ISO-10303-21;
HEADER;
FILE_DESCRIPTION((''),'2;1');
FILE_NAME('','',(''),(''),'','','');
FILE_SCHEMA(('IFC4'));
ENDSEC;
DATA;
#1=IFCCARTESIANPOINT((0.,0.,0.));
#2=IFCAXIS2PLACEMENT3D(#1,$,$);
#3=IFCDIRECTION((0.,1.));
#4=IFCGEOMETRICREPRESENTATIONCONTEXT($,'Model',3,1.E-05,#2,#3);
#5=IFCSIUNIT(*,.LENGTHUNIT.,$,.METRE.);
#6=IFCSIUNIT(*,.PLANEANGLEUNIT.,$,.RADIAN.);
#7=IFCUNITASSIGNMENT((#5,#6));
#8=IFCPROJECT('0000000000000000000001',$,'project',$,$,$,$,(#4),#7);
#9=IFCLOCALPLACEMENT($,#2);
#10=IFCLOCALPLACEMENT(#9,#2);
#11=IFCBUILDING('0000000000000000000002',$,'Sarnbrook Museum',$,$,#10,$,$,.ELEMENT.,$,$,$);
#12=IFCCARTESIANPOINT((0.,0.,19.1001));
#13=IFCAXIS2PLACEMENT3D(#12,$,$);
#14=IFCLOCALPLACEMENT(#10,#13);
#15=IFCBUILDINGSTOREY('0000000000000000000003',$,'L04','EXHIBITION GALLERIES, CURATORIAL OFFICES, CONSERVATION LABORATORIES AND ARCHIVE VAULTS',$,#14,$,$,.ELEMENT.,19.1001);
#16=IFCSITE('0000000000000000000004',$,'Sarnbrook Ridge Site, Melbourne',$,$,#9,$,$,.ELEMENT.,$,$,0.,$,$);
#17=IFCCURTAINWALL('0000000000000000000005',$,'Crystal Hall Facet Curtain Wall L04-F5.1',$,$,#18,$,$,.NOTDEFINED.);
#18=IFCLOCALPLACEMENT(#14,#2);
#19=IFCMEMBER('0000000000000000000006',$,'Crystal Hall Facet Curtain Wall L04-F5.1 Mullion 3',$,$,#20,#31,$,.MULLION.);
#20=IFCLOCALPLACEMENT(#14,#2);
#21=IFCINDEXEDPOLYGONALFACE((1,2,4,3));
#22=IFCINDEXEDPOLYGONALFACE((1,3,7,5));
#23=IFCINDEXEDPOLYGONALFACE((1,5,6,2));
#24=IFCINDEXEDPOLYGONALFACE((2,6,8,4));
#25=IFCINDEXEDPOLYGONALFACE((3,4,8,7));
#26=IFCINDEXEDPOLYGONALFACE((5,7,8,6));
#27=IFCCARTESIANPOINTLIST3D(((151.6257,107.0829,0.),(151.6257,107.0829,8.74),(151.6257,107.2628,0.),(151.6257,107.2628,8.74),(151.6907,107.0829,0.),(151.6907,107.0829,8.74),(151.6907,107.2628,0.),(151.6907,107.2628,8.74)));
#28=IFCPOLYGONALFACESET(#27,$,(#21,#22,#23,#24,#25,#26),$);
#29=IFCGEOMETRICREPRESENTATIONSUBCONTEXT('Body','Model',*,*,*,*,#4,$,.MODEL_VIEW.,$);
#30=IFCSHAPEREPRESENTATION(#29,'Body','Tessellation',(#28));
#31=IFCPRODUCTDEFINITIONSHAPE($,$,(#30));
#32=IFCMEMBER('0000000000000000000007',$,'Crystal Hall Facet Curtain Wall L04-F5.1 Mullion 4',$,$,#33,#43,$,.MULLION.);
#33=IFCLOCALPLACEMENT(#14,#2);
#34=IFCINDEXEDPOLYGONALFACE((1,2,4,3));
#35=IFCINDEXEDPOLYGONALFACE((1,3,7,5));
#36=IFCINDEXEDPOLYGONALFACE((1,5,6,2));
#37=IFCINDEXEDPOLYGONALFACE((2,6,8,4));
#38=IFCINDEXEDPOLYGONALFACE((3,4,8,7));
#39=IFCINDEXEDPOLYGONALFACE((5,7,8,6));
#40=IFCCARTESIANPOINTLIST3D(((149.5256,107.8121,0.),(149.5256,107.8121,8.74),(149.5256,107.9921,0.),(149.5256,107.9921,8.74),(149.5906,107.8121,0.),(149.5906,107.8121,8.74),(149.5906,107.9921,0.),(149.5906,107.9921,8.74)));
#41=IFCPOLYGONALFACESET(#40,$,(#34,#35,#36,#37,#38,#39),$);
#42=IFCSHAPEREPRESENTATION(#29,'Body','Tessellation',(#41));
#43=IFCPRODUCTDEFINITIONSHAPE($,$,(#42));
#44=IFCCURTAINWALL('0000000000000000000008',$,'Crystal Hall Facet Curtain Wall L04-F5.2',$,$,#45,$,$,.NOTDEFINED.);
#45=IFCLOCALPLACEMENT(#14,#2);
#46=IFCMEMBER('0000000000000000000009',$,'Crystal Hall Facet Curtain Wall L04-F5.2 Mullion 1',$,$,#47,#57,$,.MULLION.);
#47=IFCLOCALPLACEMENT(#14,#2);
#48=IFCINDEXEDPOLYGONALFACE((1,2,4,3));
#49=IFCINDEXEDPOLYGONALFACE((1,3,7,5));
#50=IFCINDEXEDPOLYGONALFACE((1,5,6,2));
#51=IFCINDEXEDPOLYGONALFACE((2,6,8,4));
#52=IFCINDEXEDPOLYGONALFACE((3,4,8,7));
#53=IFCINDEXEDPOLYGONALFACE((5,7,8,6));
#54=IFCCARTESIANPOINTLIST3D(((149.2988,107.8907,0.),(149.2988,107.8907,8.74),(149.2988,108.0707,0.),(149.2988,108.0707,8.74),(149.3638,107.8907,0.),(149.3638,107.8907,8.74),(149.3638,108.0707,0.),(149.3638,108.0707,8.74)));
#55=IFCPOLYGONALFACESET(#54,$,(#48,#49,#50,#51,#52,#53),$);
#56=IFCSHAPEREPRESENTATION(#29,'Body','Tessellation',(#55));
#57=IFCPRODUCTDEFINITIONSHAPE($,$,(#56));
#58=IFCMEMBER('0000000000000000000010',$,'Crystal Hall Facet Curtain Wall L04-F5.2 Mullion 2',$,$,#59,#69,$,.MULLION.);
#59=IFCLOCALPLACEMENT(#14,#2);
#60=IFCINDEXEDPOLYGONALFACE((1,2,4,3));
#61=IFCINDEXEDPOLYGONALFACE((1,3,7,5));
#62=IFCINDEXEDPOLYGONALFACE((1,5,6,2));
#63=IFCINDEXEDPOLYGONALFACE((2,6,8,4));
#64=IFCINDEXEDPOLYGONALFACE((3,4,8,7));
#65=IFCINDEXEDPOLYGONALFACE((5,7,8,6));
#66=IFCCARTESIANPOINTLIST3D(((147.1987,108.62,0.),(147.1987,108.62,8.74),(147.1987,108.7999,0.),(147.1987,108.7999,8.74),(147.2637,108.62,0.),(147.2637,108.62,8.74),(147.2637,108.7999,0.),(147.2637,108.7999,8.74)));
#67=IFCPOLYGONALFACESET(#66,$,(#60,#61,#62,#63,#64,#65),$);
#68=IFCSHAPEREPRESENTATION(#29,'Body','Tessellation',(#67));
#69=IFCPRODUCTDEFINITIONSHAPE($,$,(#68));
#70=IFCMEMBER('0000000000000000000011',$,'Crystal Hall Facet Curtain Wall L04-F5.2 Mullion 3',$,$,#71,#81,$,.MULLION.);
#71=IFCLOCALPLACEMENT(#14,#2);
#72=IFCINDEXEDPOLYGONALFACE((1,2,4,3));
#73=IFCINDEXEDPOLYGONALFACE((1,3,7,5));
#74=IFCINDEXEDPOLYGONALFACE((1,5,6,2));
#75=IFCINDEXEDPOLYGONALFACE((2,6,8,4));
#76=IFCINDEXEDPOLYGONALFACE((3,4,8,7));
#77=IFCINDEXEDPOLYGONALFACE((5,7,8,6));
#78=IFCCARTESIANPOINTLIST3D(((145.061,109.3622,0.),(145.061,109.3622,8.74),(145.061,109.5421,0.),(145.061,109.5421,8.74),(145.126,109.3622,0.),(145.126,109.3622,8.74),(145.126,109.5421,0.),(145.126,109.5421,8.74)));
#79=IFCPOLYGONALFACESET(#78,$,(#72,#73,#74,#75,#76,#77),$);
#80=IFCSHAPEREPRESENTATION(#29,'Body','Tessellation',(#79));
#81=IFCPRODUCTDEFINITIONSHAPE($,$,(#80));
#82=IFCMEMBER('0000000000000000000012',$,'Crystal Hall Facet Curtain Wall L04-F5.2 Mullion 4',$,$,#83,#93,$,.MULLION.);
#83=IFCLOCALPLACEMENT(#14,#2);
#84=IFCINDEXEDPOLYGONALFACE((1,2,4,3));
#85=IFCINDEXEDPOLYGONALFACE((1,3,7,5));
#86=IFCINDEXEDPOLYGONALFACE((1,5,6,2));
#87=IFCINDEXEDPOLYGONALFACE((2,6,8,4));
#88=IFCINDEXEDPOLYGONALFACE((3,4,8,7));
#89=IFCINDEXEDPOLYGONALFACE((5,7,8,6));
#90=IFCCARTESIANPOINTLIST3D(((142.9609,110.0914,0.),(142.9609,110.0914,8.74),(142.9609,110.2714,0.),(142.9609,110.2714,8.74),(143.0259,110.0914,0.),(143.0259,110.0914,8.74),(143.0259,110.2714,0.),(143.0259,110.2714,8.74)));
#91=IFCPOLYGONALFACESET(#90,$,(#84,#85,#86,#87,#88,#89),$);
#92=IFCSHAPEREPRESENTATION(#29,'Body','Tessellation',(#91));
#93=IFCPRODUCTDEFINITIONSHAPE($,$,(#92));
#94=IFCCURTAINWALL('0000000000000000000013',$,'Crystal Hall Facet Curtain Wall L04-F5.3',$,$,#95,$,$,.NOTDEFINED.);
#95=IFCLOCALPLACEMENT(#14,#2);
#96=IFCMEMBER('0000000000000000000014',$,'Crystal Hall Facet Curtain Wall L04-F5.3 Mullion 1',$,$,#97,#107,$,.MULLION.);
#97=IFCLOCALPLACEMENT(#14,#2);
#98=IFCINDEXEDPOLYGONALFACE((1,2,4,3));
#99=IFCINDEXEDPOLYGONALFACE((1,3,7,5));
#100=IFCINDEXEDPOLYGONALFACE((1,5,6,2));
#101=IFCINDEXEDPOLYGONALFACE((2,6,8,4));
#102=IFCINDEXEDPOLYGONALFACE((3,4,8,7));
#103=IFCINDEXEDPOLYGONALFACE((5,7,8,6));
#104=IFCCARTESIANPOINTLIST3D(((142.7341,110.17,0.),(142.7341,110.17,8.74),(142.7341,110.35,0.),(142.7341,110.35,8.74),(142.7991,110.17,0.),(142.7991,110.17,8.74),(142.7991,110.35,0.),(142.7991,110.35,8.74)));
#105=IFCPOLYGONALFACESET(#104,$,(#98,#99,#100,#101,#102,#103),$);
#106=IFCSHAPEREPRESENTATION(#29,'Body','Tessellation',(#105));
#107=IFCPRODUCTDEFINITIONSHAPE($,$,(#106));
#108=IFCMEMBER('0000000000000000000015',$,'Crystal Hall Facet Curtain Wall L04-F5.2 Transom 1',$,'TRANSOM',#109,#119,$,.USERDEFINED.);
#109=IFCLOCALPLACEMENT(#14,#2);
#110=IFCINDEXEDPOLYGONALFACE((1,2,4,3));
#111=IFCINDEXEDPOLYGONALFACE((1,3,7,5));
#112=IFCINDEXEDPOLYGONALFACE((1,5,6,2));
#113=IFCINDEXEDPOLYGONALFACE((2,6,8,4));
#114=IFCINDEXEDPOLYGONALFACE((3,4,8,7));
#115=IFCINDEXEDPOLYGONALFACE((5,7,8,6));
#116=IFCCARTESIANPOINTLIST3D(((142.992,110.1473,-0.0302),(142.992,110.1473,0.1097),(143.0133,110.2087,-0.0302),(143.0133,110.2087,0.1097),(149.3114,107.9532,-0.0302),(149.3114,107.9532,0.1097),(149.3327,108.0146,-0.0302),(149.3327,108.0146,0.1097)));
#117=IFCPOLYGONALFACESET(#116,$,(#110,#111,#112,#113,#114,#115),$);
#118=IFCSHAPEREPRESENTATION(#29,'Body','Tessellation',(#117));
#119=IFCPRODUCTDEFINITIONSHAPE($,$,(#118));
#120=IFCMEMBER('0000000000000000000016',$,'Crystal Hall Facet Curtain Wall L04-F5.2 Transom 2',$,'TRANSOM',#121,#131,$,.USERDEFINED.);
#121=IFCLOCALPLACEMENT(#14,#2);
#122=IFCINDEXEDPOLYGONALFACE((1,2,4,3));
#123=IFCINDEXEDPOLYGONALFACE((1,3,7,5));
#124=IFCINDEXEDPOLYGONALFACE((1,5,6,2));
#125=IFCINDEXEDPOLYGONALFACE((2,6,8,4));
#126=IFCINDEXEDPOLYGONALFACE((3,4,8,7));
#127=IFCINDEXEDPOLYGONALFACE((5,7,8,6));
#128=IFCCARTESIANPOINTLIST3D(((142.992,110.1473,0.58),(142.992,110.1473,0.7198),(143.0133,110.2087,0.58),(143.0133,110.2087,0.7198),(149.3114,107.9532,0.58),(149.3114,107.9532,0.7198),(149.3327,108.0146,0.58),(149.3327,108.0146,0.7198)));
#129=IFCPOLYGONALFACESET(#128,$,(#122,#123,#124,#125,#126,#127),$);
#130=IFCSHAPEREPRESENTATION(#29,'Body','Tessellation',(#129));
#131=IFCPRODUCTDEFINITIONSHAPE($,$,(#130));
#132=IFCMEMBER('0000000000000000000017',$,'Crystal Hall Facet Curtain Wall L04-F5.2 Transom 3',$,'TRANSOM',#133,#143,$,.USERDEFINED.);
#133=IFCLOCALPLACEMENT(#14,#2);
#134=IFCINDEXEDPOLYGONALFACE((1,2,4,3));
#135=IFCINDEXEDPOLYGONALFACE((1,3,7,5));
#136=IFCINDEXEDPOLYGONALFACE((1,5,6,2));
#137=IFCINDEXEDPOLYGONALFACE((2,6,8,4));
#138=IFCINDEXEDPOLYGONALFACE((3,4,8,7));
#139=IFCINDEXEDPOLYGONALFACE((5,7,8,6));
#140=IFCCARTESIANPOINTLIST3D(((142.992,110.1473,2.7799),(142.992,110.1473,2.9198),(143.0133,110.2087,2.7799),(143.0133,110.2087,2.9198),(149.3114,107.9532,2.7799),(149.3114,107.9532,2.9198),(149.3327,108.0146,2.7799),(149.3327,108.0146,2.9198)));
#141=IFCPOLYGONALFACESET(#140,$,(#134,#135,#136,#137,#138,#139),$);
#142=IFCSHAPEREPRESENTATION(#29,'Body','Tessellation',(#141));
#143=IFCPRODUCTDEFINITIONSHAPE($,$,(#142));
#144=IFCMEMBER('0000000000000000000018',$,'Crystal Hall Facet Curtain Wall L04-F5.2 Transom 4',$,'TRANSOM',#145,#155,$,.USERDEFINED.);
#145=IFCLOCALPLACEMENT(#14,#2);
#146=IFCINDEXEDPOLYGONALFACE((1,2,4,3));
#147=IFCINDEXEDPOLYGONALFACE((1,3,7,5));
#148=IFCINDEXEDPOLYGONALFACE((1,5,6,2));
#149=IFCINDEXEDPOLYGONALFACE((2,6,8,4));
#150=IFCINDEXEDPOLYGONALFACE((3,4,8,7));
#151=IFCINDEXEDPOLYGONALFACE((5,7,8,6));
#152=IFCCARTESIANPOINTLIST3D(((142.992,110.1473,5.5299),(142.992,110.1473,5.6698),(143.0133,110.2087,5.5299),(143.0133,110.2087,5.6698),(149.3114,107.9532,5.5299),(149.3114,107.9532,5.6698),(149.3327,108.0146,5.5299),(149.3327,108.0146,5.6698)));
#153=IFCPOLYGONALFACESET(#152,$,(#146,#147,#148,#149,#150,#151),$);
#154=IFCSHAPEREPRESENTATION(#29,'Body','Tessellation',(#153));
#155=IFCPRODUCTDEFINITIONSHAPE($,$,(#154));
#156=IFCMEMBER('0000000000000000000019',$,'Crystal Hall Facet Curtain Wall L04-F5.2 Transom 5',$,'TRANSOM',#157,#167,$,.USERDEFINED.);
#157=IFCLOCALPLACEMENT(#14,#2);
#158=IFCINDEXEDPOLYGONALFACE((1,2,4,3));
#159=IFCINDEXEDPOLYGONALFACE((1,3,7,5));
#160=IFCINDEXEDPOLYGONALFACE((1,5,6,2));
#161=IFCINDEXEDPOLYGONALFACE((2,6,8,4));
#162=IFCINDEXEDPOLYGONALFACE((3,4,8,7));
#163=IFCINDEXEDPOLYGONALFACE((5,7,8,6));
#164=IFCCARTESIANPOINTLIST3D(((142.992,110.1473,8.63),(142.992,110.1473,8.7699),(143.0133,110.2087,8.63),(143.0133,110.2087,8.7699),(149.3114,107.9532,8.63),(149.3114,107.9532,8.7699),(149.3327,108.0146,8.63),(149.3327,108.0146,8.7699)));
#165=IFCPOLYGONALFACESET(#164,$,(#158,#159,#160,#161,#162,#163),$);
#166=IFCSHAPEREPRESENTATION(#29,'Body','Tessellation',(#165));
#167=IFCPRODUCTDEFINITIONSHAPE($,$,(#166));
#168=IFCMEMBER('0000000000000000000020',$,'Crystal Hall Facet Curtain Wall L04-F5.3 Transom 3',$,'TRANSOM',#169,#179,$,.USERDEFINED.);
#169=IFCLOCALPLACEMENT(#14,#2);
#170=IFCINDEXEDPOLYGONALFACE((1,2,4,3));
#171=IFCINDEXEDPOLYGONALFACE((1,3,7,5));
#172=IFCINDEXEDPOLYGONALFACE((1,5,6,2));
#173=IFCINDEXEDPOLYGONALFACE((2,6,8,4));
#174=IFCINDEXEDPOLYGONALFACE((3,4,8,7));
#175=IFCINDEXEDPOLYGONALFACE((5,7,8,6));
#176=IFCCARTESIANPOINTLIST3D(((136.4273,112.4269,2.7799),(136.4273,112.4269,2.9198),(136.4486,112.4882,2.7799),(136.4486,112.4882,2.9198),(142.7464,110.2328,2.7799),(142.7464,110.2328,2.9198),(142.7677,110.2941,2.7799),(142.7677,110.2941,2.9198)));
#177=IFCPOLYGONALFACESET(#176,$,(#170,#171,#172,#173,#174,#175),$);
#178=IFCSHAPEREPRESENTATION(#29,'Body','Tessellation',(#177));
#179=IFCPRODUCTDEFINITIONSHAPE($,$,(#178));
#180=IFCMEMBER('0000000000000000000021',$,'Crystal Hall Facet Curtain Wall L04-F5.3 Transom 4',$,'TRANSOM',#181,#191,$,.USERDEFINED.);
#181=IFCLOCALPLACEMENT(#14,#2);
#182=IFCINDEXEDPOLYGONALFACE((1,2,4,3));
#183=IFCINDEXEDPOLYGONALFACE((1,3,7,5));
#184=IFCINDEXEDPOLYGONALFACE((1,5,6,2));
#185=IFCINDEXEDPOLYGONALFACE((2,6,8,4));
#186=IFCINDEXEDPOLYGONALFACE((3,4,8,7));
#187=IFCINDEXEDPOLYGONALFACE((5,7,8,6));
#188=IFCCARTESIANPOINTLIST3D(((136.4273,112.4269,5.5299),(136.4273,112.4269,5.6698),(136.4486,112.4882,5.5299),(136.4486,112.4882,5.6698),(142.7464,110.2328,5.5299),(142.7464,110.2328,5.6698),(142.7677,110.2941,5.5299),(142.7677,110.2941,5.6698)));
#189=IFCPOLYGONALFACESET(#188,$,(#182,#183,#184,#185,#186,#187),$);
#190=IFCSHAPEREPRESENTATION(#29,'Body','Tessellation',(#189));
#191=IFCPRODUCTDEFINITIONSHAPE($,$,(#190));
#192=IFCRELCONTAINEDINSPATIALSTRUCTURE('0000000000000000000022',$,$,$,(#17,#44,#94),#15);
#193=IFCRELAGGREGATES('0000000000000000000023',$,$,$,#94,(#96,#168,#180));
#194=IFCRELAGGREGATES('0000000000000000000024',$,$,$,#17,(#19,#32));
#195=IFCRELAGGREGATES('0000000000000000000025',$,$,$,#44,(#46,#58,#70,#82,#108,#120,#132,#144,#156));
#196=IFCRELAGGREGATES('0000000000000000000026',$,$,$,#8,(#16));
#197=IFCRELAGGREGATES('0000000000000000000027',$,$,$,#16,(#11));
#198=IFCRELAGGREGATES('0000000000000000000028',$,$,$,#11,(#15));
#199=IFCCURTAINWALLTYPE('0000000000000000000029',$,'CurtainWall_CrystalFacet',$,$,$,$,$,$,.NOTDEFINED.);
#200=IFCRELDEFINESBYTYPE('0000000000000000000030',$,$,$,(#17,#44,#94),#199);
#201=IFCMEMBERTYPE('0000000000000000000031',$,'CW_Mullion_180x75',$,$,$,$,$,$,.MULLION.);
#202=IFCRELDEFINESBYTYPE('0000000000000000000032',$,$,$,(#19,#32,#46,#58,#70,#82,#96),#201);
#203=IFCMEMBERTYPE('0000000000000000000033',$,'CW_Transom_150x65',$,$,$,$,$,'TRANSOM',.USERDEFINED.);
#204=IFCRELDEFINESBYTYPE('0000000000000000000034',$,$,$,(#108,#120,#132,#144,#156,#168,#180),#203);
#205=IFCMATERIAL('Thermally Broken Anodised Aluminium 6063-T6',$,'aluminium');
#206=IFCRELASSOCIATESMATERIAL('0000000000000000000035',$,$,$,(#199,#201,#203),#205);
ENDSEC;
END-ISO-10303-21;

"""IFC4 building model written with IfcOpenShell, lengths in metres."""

from ifc_helpers import new_model, si_unit, direction, frame, origin, origin_2d, place, context, subcontext, project, spatial, rectangle, extrude, material, material_profile, profile_set, type_object, element, aggregate, save


model = new_model("IFC4")

# Units and contexts
model_context = context("Model", 3, precision=1e-05, world=origin(), true_north=direction((0.0, 1.0)))
body_context = subcontext(model_context, "Body", "Model", "MODEL_VIEW")
ifc_project = project(units=[si_unit("LENGTHUNIT", "METRE"), si_unit("PLANEANGLEUNIT", "RADIAN")], contexts=[model_context])

# Site, building, storey
site_placement = place(None, origin())
site = spatial("IfcSite", under=ifc_project, at=site_placement, Name="Sarnbrook Ridge Site, Melbourne", CompositionType="ELEMENT", RefElevation=0.0)
building_placement = place(site_placement, origin())
building = spatial("IfcBuilding", under=site, at=building_placement, Name="Sarnbrook Museum", CompositionType="ELEMENT")
storey_placement = place(building_placement, frame((0.0, 0.0, 19.1001)))
storey = spatial("IfcBuildingStorey", under=building, at=storey_placement, Name="L04", Description="EXHIBITION GALLERIES, CURATORIAL OFFICES, CONSERVATION LABORATORIES AND ARCHIVE VAULTS", CompositionType="ELEMENT", Elevation=19.1001)

# Curtain walls, members
ifc_material_1 = material(Name="Thermally Broken Anodised Aluminium 6063-T6", Category="aluminium")
curtain_wall_type = type_object("IfcCurtainWallType", Name="CurtainWall_CrystalFacet", PredefinedType="NOTDEFINED", material=ifc_material_1)
curtain_wall_1_placement = place(storey_placement, origin())
curtain_wall_1 = element("IfcCurtainWall", 1, at=curtain_wall_1_placement, inside=storey, type_object=curtain_wall_type, Name="Crystal Hall Facet Curtain Wall L04-F5.1", PredefinedType="NOTDEFINED")
ifc_material_profile_1 = material_profile(ifc_material_1, rectangle(XDim=0.0649, YDim=0.1799, at=origin_2d()), Name="ALU MULLION 65x180")
ifc_profile_set_1 = profile_set([ifc_material_profile_1], Name="Thermally Broken Anodised Aluminium 6063-T6")
member_type_1 = type_object("IfcMemberType", Name="CW_Mullion_180x75", PredefinedType="MULLION", material=ifc_profile_set_1)
member_1_placement = place(storey_placement, frame((151.6582, 107.1729, 0.0), z_axis=(0.0, 0.0, 1.0), x_axis=(1.0, 0.0, 0.0)))
member_1 = element("IfcMember", 2, at=member_1_placement, type_object=member_type_1, Name="Crystal Hall Facet Curtain Wall L04-F5.1 Mullion 3", PredefinedType="MULLION", context=body_context, shape_type="SweptSolid", body=[
    extrude(rectangle(XDim=0.0649, YDim=0.1799, at=origin_2d()), origin(), (0.0, 0.0, 1.0), 8.74),
])
member_2_placement = place(storey_placement, frame((149.5581, 107.9021, 0.0), z_axis=(0.0, 0.0, 1.0), x_axis=(1.0, 0.0, 0.0)))
member_2 = element("IfcMember", 3, at=member_2_placement, type_object=member_type_1, Name="Crystal Hall Facet Curtain Wall L04-F5.1 Mullion 4", PredefinedType="MULLION", context=body_context, shape_type="SweptSolid", body=[
    extrude(rectangle(XDim=0.0649, YDim=0.1799, at=origin_2d()), origin(), (0.0, 0.0, 1.0), 8.74),
])
curtain_wall_2_placement = place(storey_placement, origin())
curtain_wall_2 = element("IfcCurtainWall", 4, at=curtain_wall_2_placement, inside=storey, type_object=curtain_wall_type, Name="Crystal Hall Facet Curtain Wall L04-F5.2", PredefinedType="NOTDEFINED")
member_3_placement = place(storey_placement, frame((149.3313, 107.9807, 0.0), z_axis=(0.0, 0.0, 1.0), x_axis=(1.0, 0.0, 0.0)))
member_3 = element("IfcMember", 5, at=member_3_placement, type_object=member_type_1, Name="Crystal Hall Facet Curtain Wall L04-F5.2 Mullion 1", PredefinedType="MULLION", context=body_context, shape_type="SweptSolid", body=[
    extrude(rectangle(XDim=0.0649, YDim=0.1799, at=origin_2d()), origin(), (0.0, 0.0, 1.0), 8.74),
])
member_4_placement = place(storey_placement, frame((147.2312, 108.71, 0.0), z_axis=(0.0, 0.0, 1.0), x_axis=(1.0, 0.0, 0.0)))
member_4 = element("IfcMember", 6, at=member_4_placement, type_object=member_type_1, Name="Crystal Hall Facet Curtain Wall L04-F5.2 Mullion 2", PredefinedType="MULLION", context=body_context, shape_type="SweptSolid", body=[
    extrude(rectangle(XDim=0.0649, YDim=0.1799, at=origin_2d()), origin(), (0.0, 0.0, 1.0), 8.74),
])
member_5_placement = place(storey_placement, frame((145.0935, 109.4521, 0.0), z_axis=(0.0, 0.0, 1.0), x_axis=(1.0, 0.0, 0.0)))
member_5 = element("IfcMember", 7, at=member_5_placement, type_object=member_type_1, Name="Crystal Hall Facet Curtain Wall L04-F5.2 Mullion 3", PredefinedType="MULLION", context=body_context, shape_type="SweptSolid", body=[
    extrude(rectangle(XDim=0.0649, YDim=0.1799, at=origin_2d()), origin(), (0.0, 0.0, 1.0), 8.74),
])
member_6_placement = place(storey_placement, frame((142.9934, 110.1814, 0.0), z_axis=(0.0, 0.0, 1.0), x_axis=(1.0, 0.0, 0.0)))
member_6 = element("IfcMember", 8, at=member_6_placement, type_object=member_type_1, Name="Crystal Hall Facet Curtain Wall L04-F5.2 Mullion 4", PredefinedType="MULLION", context=body_context, shape_type="SweptSolid", body=[
    extrude(rectangle(XDim=0.0649, YDim=0.1799, at=origin_2d()), origin(), (0.0, 0.0, 1.0), 8.74),
])

# Curtain wall, member
curtain_wall_3_placement = place(storey_placement, origin())
curtain_wall_3 = element("IfcCurtainWall", 9, at=curtain_wall_3_placement, inside=storey, type_object=curtain_wall_type, Name="Crystal Hall Facet Curtain Wall L04-F5.3", PredefinedType="NOTDEFINED")
member_7_placement = place(storey_placement, frame((142.7666, 110.26, 0.0), z_axis=(0.0, 0.0, 1.0), x_axis=(1.0, 0.0, 0.0)))
member_7 = element("IfcMember", 10, at=member_7_placement, type_object=member_type_1, Name="Crystal Hall Facet Curtain Wall L04-F5.3 Mullion 1", PredefinedType="MULLION", context=body_context, shape_type="SweptSolid", body=[
    extrude(rectangle(XDim=0.0649, YDim=0.1799, at=origin_2d()), origin(), (0.0, 0.0, 1.0), 8.74),
])

# Members
ifc_material_profile_2 = material_profile(ifc_material_1, rectangle(XDim=0.0649, YDim=0.1399, at=origin_2d()), Name="ALU TRANSOM 65x140")
ifc_profile_set_2 = profile_set([ifc_material_profile_2], Name="Thermally Broken Anodised Aluminium 6063-T6")
member_type_2 = type_object("IfcMemberType", Name="CW_Transom_150x65", ElementType="TRANSOM", PredefinedType="USERDEFINED", material=ifc_profile_set_2)
member_8_placement = place(storey_placement, frame((149.322, 107.9839, 0.0398), z_axis=(-0.944679, 0.327995, 0.0), x_axis=(-0.327995, -0.944679, 0.0)))
member_8 = element("IfcMember", 11, at=member_8_placement, type_object=member_type_2, Name="Crystal Hall Facet Curtain Wall L04-F5.2 Transom 1", ObjectType="TRANSOM", PredefinedType="USERDEFINED", context=body_context, shape_type="SweptSolid", body=[
    extrude(rectangle(XDim=0.0649, YDim=0.1399, at=origin_2d()), origin(), (0.0, 0.0, 1.0), 6.6895),
])
member_9_placement = place(storey_placement, frame((149.322, 107.9839, 0.6499), z_axis=(-0.944679, 0.327995, 0.0), x_axis=(-0.327995, -0.944679, 0.0)))
member_9 = element("IfcMember", 12, at=member_9_placement, type_object=member_type_2, Name="Crystal Hall Facet Curtain Wall L04-F5.2 Transom 2", ObjectType="TRANSOM", PredefinedType="USERDEFINED", context=body_context, shape_type="SweptSolid", body=[
    extrude(rectangle(XDim=0.0649, YDim=0.1399, at=origin_2d()), origin(), (0.0, 0.0, 1.0), 6.6895),
])
member_10_placement = place(storey_placement, frame((149.322, 107.9839, 2.8499), z_axis=(-0.944679, 0.327995, 0.0), x_axis=(-0.327995, -0.944679, 0.0)))
member_10 = element("IfcMember", 13, at=member_10_placement, type_object=member_type_2, Name="Crystal Hall Facet Curtain Wall L04-F5.2 Transom 3", ObjectType="TRANSOM", PredefinedType="USERDEFINED", context=body_context, shape_type="SweptSolid", body=[
    extrude(rectangle(XDim=0.0649, YDim=0.1399, at=origin_2d()), origin(), (0.0, 0.0, 1.0), 6.6895),
])
member_11_placement = place(storey_placement, frame((149.322, 107.9839, 5.5999), z_axis=(-0.944679, 0.327995, 0.0), x_axis=(-0.327995, -0.944679, 0.0)))
member_11 = element("IfcMember", 14, at=member_11_placement, type_object=member_type_2, Name="Crystal Hall Facet Curtain Wall L04-F5.2 Transom 4", ObjectType="TRANSOM", PredefinedType="USERDEFINED", context=body_context, shape_type="SweptSolid", body=[
    extrude(rectangle(XDim=0.0649, YDim=0.1399, at=origin_2d()), origin(), (0.0, 0.0, 1.0), 6.6895),
])
member_12_placement = place(storey_placement, frame((149.322, 107.9839, 8.7), z_axis=(-0.944679, 0.327995, 0.0), x_axis=(-0.327995, -0.944679, 0.0)))
member_12 = element("IfcMember", 15, at=member_12_placement, type_object=member_type_2, Name="Crystal Hall Facet Curtain Wall L04-F5.2 Transom 5", ObjectType="TRANSOM", PredefinedType="USERDEFINED", context=body_context, shape_type="SweptSolid", body=[
    extrude(rectangle(XDim=0.0649, YDim=0.1399, at=origin_2d()), origin(), (0.0, 0.0, 1.0), 6.6895),
])
member_13_placement = place(storey_placement, frame((142.7571, 110.2634, 2.8499), z_axis=(-0.944675, 0.328007, 0.0), x_axis=(-0.328007, -0.944675, 0.0)))
member_13 = element("IfcMember", 16, at=member_13_placement, type_object=member_type_2, Name="Crystal Hall Facet Curtain Wall L04-F5.3 Transom 3", ObjectType="TRANSOM", PredefinedType="USERDEFINED", context=body_context, shape_type="SweptSolid", body=[
    extrude(rectangle(XDim=0.0649, YDim=0.1399, at=origin_2d()), origin(), (0.0, 0.0, 1.0), 6.6892),
])
member_14_placement = place(storey_placement, frame((142.7571, 110.2634, 5.5999), z_axis=(-0.944675, 0.328007, 0.0), x_axis=(-0.328007, -0.944675, 0.0)))
member_14 = element("IfcMember", 17, at=member_14_placement, type_object=member_type_2, Name="Crystal Hall Facet Curtain Wall L04-F5.3 Transom 4", ObjectType="TRANSOM", PredefinedType="USERDEFINED", context=body_context, shape_type="SweptSolid", body=[
    extrude(rectangle(XDim=0.0649, YDim=0.1399, at=origin_2d()), origin(), (0.0, 0.0, 1.0), 6.6892),
])
aggregate(curtain_wall_3, [member_7, member_13, member_14])

aggregate(curtain_wall_1, [member_1, member_2])
aggregate(curtain_wall_2, [member_3, member_4, member_5, member_6, member_8, member_9, member_10, member_11, member_12])

save(model, "model.ifc")
